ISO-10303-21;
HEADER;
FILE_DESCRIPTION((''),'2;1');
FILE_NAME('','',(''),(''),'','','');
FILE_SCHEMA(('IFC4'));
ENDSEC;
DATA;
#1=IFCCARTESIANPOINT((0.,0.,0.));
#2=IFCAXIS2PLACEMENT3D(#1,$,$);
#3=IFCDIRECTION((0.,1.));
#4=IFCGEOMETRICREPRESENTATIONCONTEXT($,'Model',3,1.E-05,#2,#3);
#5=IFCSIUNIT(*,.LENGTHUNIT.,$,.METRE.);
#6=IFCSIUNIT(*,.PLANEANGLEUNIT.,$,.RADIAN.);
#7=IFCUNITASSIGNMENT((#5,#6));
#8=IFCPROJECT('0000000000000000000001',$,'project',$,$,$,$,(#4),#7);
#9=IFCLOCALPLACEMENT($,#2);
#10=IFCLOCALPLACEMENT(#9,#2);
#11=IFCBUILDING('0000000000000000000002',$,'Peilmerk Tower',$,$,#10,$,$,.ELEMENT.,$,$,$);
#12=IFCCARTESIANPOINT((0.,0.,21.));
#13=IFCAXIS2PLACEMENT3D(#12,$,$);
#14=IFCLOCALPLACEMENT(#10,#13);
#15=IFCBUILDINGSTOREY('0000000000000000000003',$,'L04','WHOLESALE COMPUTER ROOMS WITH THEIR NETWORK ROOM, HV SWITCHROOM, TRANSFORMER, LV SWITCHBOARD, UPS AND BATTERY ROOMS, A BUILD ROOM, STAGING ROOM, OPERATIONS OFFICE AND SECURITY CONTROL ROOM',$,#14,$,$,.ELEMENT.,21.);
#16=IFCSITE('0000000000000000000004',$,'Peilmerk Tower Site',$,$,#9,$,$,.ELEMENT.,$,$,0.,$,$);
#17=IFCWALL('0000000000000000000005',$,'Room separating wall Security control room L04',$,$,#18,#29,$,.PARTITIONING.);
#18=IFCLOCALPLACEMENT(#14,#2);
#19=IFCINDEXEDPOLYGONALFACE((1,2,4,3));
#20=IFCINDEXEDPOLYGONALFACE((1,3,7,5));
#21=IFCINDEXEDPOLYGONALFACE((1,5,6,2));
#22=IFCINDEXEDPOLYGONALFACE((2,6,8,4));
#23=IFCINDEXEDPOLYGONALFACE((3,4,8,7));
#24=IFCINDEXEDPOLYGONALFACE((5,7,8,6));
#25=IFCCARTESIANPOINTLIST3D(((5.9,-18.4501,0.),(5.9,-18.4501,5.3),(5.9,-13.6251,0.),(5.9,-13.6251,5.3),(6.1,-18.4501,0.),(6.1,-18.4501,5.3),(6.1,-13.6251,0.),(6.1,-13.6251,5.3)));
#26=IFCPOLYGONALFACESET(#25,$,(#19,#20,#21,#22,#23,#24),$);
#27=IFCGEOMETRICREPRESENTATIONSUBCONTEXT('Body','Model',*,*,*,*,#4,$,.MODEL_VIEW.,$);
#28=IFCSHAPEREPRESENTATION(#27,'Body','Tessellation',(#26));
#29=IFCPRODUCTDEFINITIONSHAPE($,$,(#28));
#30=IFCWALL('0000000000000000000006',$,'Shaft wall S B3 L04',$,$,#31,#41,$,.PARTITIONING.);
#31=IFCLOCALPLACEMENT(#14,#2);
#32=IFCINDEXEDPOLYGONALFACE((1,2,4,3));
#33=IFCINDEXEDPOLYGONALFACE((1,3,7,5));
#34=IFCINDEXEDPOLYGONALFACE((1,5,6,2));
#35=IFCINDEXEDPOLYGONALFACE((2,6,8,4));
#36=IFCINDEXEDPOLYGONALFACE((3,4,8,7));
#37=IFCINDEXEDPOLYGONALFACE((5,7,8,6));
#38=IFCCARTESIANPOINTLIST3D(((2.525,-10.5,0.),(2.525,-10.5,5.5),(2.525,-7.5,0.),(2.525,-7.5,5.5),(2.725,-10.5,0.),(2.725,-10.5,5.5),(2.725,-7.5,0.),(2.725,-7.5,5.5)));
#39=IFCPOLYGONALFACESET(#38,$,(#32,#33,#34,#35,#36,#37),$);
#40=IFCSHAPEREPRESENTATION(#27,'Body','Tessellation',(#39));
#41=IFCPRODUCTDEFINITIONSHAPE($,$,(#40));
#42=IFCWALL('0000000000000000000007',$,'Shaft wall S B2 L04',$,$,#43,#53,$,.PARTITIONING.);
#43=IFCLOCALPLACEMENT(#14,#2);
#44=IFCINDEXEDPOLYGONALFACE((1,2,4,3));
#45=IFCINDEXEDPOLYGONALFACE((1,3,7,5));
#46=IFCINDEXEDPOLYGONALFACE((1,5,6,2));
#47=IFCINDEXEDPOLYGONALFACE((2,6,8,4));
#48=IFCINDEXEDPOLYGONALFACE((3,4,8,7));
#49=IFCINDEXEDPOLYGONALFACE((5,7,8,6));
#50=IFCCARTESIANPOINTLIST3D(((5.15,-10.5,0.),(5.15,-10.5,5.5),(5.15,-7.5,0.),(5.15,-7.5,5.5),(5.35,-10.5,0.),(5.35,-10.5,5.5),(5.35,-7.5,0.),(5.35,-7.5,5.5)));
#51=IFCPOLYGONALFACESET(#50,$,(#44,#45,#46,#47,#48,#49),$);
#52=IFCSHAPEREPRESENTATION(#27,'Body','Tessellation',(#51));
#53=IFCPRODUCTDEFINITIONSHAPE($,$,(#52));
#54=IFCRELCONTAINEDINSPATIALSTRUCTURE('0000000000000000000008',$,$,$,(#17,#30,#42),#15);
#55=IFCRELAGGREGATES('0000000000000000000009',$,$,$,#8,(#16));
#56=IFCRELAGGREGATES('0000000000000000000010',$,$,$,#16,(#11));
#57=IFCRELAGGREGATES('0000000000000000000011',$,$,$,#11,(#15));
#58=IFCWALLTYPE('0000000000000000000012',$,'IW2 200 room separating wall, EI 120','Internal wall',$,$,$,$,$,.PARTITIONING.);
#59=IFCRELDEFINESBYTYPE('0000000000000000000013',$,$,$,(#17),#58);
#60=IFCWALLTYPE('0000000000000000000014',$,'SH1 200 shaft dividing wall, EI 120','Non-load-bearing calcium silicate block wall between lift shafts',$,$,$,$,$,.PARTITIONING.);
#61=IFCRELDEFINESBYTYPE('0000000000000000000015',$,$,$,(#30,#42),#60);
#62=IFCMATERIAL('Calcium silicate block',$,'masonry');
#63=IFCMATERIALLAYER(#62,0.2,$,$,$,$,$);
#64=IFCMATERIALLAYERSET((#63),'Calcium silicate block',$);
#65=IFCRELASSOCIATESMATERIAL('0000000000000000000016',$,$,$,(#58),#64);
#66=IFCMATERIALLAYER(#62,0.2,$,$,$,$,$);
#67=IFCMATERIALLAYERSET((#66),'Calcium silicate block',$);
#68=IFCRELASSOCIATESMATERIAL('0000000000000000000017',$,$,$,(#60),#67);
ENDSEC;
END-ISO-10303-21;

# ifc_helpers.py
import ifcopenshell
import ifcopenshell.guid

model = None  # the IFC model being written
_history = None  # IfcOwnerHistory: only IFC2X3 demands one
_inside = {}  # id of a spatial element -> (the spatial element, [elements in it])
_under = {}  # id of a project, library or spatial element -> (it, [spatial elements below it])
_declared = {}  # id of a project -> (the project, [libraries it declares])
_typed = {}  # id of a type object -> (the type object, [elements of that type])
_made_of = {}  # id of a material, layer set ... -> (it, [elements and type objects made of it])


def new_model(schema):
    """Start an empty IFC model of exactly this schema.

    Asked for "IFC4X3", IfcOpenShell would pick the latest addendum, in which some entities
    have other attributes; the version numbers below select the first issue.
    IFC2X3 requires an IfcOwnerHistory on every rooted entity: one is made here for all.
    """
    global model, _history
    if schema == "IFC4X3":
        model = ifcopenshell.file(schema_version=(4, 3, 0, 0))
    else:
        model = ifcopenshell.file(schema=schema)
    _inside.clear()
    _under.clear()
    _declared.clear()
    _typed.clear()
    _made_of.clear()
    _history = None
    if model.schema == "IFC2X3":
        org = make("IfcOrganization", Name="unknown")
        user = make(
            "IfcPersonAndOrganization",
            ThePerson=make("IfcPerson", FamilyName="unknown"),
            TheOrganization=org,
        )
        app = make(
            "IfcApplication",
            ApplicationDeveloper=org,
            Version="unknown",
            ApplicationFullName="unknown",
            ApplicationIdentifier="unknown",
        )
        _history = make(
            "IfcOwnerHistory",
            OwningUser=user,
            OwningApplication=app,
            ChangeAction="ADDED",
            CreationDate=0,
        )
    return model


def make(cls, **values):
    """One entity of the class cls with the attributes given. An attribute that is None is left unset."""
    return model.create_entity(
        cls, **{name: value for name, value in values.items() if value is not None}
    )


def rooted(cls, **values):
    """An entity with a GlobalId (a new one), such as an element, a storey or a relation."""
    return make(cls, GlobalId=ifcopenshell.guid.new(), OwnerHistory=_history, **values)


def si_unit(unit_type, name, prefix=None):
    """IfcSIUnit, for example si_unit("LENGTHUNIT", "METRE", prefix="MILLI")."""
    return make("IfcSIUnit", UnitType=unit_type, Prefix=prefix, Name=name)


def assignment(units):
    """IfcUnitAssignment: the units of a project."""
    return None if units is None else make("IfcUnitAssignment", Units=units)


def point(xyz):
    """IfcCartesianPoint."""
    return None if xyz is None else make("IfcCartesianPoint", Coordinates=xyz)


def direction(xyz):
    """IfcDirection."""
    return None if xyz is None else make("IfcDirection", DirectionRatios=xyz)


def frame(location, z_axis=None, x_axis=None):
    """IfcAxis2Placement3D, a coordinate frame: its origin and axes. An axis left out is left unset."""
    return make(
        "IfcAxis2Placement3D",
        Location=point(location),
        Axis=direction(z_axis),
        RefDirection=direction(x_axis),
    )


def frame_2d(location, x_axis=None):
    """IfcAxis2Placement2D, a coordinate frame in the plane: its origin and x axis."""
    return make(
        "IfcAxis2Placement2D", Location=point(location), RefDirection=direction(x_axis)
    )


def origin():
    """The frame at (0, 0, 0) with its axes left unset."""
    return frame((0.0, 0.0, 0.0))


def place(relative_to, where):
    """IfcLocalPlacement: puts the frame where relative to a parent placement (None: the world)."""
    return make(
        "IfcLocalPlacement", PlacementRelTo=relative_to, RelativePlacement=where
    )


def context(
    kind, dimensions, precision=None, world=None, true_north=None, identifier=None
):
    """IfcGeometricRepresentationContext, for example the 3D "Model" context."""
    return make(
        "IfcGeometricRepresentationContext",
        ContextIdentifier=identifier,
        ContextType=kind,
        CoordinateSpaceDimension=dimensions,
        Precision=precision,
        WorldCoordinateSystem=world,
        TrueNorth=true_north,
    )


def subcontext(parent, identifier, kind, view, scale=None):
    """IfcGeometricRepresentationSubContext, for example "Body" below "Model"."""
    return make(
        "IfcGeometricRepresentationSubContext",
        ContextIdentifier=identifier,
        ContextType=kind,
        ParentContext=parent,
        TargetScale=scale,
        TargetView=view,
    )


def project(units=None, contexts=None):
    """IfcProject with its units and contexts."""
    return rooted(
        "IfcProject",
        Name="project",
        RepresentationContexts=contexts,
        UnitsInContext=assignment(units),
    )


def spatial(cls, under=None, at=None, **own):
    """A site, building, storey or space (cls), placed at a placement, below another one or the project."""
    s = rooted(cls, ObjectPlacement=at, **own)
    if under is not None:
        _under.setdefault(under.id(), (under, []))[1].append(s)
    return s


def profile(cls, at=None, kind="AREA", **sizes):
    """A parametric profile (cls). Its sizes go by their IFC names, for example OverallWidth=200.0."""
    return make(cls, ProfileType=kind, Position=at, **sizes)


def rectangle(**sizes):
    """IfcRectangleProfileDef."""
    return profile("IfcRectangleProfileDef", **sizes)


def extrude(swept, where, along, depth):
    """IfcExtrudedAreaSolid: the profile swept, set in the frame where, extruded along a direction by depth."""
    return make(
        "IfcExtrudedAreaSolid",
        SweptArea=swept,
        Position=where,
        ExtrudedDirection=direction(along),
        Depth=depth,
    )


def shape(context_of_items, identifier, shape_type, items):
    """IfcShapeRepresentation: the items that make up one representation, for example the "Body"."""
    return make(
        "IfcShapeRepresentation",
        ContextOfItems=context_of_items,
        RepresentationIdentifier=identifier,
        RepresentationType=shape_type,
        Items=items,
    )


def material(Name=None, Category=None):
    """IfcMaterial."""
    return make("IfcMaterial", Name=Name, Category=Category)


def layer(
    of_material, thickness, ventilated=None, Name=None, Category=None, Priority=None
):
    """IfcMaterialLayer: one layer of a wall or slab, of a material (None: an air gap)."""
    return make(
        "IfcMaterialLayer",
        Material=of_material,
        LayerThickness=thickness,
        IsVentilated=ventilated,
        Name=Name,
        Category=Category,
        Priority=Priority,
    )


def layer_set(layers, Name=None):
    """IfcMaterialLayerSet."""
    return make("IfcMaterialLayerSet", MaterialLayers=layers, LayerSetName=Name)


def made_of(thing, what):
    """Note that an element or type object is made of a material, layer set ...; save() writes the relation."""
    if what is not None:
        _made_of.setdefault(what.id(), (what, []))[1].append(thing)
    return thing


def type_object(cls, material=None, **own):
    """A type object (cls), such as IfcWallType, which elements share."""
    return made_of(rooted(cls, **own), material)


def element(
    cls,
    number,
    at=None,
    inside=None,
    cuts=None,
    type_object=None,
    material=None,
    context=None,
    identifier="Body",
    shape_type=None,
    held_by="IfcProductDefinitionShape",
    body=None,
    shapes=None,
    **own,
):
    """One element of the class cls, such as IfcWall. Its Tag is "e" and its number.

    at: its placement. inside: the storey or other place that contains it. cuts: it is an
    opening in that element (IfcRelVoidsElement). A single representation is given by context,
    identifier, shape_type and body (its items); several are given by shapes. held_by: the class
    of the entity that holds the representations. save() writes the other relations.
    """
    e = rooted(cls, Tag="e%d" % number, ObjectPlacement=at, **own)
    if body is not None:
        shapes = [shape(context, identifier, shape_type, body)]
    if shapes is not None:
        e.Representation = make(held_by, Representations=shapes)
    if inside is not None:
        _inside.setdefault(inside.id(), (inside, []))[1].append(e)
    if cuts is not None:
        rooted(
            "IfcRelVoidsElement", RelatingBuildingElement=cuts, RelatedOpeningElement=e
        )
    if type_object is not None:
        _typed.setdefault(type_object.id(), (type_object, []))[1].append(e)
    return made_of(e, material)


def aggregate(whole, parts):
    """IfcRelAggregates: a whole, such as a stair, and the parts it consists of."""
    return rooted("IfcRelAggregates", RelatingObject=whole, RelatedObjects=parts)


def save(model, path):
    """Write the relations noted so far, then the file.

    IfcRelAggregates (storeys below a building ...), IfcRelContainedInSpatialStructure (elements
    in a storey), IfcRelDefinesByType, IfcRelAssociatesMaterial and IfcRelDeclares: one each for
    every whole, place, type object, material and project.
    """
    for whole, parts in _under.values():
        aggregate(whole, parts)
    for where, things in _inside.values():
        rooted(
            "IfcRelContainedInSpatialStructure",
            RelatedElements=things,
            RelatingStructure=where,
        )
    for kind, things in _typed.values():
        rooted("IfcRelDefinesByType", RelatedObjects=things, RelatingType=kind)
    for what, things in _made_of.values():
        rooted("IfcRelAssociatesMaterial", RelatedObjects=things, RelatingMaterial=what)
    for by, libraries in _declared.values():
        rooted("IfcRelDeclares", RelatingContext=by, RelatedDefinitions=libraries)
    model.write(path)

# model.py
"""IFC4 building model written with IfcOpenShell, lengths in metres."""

from ifc_helpers import new_model, si_unit, direction, frame, frame_2d, origin, place, context, subcontext, project, spatial, rectangle, extrude, material, layer, layer_set, type_object, element, save


model = new_model("IFC4")

# Units and contexts
model_context = context("Model", 3, precision=1e-05, world=origin(), true_north=direction((0.0, 1.0)))
body_context = subcontext(model_context, "Body", "Model", "MODEL_VIEW")
ifc_project = project(units=[si_unit("LENGTHUNIT", "METRE"), si_unit("PLANEANGLEUNIT", "RADIAN")], contexts=[model_context])

# Site, building, storey
site_placement = place(None, origin())
site = spatial("IfcSite", under=ifc_project, at=site_placement, Name="Peilmerk Tower Site", CompositionType="ELEMENT", RefElevation=0.0)
building_placement = place(site_placement, origin())
building = spatial("IfcBuilding", under=site, at=building_placement, Name="Peilmerk Tower", CompositionType="ELEMENT")
storey_placement = place(building_placement, frame((0.0, 0.0, 21.0)))
storey = spatial("IfcBuildingStorey", under=building, at=storey_placement, Name="L04", Description="WHOLESALE COMPUTER ROOMS WITH THEIR NETWORK ROOM, HV SWITCHROOM, TRANSFORMER, LV SWITCHBOARD, UPS AND BATTERY ROOMS, A BUILD ROOM, STAGING ROOM, OPERATIONS OFFICE AND SECURITY CONTROL ROOM", CompositionType="ELEMENT", Elevation=21.0)

# Walls
ifc_material_1 = material(Name="Calcium silicate block", Category="masonry")
ifc_layer_1 = layer(ifc_material_1, 0.2)
ifc_layer_set_1 = layer_set([ifc_layer_1], Name="Calcium silicate block")
wall_type_1 = type_object("IfcWallType", Name="IW2 200 room separating wall, EI 120", Description="Internal wall", PredefinedType="PARTITIONING", material=ifc_layer_set_1)
for number, where, z_axis, x_axis, name in (
    (1, (6.0, -13.625, 0.0), (0.0, 0.0, 1.0), (0.0, -1.0, 0.0), "Room separating wall Security control room L04"),
):
    element("IfcWall", number, at=place(storey_placement, frame(where, z_axis=z_axis, x_axis=x_axis)), inside=storey, type_object=wall_type_1, Name=name, PredefinedType="PARTITIONING", context=body_context, shape_type="SweptSolid", body=[
        extrude(rectangle(XDim=4.825, YDim=0.2, at=frame_2d((2.4126, 0.0))), origin(), (0.0, 0.0, 1.0), 5.3),
    ])
ifc_layer_2 = layer(ifc_material_1, 0.2)
ifc_layer_set_2 = layer_set([ifc_layer_2], Name="Calcium silicate block")
wall_type_2 = type_object("IfcWallType", Name="SH1 200 shaft dividing wall, EI 120", Description="Non-load-bearing calcium silicate block wall between lift shafts", PredefinedType="PARTITIONING", material=ifc_layer_set_2)
for number, where, z_axis, x_axis, name in (
    (2, (2.625, -10.5, 0.0), (0.0, 0.0, 1.0), (0.0, 1.0, 0.0), "Shaft wall S B3 L04"),
    (3, (5.25, -10.5, 0.0), (0.0, 0.0, 1.0), (0.0, 1.0, 0.0), "Shaft wall S B2 L04"),
):
    element("IfcWall", number, at=place(storey_placement, frame(where, z_axis=z_axis, x_axis=x_axis)), inside=storey, type_object=wall_type_2, Name=name, PredefinedType="PARTITIONING", context=body_context, shape_type="SweptSolid", body=[
        extrude(rectangle(XDim=3.0, YDim=0.2, at=frame_2d((1.5, 0.0))), origin(), (0.0, 0.0, 1.0), 5.5),
    ])

save(model, "model.ifc")
